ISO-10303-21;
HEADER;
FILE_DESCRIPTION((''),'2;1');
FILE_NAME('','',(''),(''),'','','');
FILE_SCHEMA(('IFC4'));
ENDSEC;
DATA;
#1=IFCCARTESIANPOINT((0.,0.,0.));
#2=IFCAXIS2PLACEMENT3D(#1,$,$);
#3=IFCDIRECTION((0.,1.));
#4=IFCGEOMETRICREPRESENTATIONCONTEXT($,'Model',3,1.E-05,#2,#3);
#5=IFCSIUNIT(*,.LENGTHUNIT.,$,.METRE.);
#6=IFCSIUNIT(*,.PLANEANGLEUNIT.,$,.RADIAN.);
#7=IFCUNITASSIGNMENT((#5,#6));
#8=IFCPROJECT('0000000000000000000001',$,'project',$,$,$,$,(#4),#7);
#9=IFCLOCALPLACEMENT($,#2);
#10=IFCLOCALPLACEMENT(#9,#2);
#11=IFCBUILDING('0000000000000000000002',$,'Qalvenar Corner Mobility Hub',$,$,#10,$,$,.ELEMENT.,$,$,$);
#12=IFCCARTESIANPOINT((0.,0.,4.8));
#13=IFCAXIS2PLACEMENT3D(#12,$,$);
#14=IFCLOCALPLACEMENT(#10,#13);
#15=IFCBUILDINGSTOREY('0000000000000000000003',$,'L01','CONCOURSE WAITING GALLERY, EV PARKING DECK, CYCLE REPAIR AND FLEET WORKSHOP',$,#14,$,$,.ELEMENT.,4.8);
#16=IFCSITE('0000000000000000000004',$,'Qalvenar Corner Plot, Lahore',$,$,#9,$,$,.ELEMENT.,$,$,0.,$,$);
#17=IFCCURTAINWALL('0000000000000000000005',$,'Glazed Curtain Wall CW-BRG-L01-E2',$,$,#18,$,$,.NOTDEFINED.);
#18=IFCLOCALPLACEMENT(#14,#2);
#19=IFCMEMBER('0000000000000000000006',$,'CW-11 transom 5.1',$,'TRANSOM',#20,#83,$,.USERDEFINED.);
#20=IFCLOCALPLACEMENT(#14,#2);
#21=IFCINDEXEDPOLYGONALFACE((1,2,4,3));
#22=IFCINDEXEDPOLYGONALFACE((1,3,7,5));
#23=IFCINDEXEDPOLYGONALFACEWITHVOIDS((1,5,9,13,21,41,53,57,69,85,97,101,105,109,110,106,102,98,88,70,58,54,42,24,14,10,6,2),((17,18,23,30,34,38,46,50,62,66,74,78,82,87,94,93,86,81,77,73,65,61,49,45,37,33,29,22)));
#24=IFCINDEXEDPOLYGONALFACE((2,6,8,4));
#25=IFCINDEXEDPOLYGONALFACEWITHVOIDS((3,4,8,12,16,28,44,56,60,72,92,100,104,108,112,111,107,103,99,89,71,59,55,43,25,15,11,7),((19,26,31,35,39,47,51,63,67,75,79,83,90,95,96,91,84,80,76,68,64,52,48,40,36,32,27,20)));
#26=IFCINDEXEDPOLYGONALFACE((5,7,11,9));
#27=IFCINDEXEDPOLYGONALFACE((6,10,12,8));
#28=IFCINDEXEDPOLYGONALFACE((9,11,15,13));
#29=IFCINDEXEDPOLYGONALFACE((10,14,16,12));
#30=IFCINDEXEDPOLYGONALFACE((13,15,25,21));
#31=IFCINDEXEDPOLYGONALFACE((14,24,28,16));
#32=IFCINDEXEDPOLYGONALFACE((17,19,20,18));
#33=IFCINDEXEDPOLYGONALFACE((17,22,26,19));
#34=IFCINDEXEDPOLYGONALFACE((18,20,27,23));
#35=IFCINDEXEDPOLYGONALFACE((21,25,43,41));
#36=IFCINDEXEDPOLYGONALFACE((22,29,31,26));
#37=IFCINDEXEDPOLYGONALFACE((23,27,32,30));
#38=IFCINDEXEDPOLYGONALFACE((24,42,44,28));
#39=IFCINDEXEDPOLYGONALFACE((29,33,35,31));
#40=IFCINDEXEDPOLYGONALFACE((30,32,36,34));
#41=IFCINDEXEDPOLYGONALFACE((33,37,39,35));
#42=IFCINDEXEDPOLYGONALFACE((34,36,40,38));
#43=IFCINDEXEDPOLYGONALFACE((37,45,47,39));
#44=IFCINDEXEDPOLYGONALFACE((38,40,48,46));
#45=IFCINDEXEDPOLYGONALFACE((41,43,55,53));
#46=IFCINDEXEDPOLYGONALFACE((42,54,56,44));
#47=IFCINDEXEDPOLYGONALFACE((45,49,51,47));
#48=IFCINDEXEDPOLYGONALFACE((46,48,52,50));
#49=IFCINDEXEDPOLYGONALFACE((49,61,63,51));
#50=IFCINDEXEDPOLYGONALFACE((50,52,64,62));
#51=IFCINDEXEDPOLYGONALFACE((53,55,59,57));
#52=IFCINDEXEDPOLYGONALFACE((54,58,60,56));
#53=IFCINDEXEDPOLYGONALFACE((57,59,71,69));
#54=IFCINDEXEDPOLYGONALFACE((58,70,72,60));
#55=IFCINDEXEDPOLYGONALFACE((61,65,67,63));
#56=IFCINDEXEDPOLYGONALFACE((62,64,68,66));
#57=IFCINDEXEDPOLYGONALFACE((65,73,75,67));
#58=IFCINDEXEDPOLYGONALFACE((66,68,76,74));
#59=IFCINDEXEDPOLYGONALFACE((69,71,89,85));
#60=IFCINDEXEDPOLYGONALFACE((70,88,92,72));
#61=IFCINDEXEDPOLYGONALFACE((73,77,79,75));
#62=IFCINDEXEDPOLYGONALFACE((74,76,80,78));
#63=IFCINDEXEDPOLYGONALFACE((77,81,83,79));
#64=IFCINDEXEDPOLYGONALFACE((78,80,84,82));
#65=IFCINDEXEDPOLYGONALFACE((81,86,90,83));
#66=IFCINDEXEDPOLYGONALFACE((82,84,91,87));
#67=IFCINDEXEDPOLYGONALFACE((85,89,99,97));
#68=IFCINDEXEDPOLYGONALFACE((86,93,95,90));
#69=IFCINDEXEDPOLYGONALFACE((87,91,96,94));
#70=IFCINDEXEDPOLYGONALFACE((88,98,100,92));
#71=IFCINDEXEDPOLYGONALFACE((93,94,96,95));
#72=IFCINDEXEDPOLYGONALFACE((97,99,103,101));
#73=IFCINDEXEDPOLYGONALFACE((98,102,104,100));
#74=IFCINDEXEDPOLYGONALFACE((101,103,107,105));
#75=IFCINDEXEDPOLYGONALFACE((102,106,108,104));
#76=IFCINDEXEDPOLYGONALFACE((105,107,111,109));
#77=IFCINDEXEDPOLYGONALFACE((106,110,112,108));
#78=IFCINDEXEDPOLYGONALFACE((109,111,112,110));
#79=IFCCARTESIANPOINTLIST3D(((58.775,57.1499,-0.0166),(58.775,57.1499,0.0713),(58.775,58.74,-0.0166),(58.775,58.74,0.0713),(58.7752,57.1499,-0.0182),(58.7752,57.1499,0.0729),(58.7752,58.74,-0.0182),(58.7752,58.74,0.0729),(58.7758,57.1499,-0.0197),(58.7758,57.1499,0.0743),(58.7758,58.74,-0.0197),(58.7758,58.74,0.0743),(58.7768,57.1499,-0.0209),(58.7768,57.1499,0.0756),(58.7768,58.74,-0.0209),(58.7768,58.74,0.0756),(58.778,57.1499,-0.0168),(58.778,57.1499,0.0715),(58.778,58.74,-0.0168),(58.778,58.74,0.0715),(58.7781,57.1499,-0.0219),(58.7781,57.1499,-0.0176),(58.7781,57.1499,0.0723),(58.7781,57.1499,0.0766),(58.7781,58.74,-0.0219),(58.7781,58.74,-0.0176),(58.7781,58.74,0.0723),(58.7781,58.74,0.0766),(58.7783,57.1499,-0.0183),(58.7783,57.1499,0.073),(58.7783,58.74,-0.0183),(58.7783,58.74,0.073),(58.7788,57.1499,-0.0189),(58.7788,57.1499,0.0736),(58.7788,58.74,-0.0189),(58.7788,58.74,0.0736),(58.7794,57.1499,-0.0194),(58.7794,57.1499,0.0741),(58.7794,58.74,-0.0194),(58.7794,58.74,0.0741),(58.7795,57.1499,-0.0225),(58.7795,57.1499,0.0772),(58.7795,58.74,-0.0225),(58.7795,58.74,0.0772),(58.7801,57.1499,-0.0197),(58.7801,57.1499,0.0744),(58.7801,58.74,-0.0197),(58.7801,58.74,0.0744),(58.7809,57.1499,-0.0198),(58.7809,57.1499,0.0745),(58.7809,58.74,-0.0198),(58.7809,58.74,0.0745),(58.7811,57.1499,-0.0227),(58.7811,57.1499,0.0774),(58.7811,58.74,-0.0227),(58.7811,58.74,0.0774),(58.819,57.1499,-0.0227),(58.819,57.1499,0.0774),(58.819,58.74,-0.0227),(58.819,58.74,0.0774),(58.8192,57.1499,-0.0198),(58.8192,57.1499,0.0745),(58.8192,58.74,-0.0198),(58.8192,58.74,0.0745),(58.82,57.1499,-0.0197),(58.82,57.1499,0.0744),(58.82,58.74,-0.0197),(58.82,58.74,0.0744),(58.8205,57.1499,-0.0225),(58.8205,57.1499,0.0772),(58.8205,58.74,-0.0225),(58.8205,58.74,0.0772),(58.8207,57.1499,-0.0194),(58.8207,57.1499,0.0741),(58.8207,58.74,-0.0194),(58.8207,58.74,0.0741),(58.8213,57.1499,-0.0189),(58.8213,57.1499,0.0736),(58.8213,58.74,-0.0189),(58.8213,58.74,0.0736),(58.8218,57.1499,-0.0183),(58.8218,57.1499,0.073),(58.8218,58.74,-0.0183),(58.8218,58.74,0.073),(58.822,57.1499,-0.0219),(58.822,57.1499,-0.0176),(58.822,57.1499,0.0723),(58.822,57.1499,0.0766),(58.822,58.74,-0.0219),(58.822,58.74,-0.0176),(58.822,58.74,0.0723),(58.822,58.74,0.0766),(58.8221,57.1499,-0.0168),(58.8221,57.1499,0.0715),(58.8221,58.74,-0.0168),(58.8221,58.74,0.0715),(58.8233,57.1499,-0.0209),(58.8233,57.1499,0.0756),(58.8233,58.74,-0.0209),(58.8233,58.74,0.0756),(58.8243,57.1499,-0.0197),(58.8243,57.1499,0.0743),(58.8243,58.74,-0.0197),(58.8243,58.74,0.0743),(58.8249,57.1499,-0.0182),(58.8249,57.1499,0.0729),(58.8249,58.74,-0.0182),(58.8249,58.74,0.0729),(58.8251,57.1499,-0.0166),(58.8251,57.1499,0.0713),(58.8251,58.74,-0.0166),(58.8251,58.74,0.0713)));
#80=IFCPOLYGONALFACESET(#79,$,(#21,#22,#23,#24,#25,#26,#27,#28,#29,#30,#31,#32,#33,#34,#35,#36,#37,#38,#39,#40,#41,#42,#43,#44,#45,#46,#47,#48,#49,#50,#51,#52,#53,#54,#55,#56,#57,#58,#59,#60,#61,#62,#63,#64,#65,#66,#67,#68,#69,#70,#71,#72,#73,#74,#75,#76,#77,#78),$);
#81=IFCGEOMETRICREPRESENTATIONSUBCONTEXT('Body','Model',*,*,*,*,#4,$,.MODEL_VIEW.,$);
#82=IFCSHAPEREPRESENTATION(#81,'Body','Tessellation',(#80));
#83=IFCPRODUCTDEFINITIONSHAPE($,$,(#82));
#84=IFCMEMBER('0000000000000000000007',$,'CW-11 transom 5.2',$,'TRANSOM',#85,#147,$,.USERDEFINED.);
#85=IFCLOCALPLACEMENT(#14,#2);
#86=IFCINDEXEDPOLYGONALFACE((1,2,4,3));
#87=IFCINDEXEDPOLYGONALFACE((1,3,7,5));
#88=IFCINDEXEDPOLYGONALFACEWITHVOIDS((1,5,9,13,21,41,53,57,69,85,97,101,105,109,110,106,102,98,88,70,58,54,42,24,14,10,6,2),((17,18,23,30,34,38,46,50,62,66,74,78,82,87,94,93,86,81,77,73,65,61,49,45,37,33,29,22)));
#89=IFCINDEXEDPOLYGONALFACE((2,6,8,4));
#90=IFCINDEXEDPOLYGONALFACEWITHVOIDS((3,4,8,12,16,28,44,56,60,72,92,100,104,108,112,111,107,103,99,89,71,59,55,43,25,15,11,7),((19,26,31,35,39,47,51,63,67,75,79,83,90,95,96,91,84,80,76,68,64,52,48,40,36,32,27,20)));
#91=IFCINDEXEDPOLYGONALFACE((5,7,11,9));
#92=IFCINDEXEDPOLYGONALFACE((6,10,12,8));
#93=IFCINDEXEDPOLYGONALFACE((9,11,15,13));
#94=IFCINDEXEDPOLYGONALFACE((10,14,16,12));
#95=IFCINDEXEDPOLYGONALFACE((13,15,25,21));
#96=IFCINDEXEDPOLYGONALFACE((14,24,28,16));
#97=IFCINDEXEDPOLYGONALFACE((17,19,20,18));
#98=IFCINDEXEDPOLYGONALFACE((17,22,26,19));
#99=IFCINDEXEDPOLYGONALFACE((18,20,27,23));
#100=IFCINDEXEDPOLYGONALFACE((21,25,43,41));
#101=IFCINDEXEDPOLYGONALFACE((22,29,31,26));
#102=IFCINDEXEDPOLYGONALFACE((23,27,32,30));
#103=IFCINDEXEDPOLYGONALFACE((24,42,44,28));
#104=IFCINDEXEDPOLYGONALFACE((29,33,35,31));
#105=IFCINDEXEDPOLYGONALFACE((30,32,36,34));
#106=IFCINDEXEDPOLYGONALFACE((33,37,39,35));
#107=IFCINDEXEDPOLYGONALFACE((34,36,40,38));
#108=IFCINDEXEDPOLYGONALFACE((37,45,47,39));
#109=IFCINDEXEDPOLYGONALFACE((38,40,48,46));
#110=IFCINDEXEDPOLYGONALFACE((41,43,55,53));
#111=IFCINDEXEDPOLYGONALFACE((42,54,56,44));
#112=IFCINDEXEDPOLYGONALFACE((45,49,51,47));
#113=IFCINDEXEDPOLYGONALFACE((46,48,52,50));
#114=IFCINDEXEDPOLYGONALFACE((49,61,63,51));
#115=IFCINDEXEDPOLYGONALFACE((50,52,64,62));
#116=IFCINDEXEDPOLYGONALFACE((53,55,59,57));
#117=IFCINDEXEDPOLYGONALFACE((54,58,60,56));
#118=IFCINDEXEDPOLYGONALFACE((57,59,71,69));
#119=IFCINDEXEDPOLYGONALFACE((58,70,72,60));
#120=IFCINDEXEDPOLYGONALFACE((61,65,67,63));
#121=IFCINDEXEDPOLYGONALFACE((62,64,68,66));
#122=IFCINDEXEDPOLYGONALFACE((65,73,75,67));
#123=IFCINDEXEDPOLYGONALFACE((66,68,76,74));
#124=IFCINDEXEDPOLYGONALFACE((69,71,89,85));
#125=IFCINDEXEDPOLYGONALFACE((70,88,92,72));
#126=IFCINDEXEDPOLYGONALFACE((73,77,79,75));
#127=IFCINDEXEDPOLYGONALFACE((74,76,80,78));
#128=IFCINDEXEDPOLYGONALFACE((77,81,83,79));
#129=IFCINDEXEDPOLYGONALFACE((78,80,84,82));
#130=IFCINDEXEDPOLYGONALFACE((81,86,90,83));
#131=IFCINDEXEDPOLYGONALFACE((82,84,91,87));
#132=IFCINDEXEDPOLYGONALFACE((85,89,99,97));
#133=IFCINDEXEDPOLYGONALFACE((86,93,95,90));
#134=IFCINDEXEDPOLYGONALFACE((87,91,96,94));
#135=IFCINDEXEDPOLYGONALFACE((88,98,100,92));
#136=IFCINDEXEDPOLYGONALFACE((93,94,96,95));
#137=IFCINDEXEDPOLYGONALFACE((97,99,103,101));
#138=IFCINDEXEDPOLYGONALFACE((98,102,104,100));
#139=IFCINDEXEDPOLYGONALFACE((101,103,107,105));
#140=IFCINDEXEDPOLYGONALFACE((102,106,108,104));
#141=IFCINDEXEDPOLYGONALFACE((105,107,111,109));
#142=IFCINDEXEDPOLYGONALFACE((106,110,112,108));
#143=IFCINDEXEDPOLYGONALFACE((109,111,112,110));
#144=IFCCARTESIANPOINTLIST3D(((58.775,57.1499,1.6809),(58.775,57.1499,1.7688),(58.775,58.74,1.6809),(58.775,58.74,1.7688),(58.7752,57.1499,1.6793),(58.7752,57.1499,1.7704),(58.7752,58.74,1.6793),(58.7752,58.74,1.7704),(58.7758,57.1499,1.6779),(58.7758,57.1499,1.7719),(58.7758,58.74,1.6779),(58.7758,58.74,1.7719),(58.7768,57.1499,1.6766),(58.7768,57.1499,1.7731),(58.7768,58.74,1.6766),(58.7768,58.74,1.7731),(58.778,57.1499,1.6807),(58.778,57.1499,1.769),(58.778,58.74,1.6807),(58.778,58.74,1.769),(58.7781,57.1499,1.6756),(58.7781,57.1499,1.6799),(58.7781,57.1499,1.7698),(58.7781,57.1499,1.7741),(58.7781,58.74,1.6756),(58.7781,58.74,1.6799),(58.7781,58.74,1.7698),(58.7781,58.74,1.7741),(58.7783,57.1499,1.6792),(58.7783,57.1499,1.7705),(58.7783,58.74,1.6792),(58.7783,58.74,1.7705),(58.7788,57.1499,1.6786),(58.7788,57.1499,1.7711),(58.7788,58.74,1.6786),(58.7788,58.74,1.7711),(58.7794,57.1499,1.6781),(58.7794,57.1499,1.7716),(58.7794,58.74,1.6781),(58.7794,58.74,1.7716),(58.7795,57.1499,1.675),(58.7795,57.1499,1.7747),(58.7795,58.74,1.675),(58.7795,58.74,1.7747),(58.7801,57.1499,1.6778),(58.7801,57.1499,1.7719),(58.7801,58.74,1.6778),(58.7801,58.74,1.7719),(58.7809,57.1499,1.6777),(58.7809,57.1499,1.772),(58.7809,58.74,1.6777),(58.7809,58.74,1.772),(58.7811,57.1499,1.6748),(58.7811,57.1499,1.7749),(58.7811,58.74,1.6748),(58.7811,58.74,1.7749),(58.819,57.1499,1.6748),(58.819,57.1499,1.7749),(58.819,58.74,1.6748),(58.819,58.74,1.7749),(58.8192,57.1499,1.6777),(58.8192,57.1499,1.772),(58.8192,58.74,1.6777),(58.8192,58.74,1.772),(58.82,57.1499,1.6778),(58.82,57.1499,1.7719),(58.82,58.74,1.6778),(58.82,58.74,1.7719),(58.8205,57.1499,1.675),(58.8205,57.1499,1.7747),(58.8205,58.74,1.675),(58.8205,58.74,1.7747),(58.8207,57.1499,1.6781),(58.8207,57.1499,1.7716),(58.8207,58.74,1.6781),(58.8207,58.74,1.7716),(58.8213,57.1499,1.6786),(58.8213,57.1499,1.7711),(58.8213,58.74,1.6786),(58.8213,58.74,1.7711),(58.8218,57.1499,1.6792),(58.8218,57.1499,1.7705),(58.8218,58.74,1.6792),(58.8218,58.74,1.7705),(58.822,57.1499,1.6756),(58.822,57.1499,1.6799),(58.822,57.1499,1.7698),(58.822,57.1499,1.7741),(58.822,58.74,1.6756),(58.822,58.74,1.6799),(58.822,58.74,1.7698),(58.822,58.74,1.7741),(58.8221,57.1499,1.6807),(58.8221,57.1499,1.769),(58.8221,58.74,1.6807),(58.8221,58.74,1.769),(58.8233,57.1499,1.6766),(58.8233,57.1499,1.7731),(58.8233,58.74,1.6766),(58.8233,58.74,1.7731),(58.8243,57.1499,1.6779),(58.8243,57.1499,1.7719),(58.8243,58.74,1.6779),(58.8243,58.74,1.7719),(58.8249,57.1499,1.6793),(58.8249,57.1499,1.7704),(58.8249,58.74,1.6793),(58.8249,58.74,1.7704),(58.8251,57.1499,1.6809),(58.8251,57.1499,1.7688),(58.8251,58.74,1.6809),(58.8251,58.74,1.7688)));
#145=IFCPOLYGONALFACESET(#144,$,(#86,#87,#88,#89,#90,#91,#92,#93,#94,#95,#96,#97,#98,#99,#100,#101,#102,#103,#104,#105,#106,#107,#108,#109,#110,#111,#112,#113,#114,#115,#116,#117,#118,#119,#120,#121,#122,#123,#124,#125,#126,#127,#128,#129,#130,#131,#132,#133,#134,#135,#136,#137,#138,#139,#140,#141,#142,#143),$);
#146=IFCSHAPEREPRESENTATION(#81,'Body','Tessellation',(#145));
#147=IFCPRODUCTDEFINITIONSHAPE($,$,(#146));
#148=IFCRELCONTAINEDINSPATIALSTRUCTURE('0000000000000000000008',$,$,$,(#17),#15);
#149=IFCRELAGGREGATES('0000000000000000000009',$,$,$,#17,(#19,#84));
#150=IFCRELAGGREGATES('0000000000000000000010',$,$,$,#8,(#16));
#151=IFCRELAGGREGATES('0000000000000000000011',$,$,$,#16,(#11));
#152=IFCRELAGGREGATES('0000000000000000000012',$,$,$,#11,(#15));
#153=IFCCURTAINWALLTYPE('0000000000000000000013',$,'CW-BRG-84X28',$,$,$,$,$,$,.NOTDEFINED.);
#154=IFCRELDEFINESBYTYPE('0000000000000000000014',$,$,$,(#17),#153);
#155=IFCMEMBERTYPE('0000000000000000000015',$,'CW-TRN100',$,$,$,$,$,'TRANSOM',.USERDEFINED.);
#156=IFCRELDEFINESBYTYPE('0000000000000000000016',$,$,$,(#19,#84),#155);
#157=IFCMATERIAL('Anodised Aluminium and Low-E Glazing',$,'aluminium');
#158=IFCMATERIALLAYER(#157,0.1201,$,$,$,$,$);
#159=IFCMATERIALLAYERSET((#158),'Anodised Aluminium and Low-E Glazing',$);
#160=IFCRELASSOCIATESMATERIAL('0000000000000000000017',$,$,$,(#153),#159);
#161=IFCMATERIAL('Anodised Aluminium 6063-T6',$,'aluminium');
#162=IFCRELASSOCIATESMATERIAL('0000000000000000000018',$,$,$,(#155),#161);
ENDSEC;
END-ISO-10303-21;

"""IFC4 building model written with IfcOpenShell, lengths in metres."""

from ifc_helpers import new_model, si_unit, direction, frame, origin, origin_2d, place, context, subcontext, project, spatial, hollow_rectangle, extrude, material, layer, layer_set, material_profile, profile_set, type_object, element, aggregate, save


model = new_model("IFC4")

# Units and contexts
model_context = context("Model", 3, precision=1e-05, world=origin(), true_north=direction((0.0, 1.0)))
body_context = subcontext(model_context, "Body", "Model", "MODEL_VIEW")
ifc_project = project(units=[si_unit("LENGTHUNIT", "METRE"), si_unit("PLANEANGLEUNIT", "RADIAN")], contexts=[model_context])

# Site, building, storey
site_placement = place(None, origin())
site = spatial("IfcSite", under=ifc_project, at=site_placement, Name="Qalvenar Corner Plot, Lahore", CompositionType="ELEMENT", RefElevation=0.0)
building_placement = place(site_placement, origin())
building = spatial("IfcBuilding", under=site, at=building_placement, Name="Qalvenar Corner Mobility Hub", CompositionType="ELEMENT")
storey_placement = place(building_placement, frame((0.0, 0.0, 4.8)))
storey = spatial("IfcBuildingStorey", under=building, at=storey_placement, Name="L01", Description="CONCOURSE WAITING GALLERY, EV PARKING DECK, CYCLE REPAIR AND FLEET WORKSHOP", CompositionType="ELEMENT", Elevation=4.8)

# Curtain wall, members
ifc_material_1 = material(Name="Anodised Aluminium and Low-E Glazing", Category="aluminium")
ifc_layer_1 = layer(ifc_material_1, 0.1201)
ifc_layer_set_1 = layer_set([ifc_layer_1], Name="Anodised Aluminium and Low-E Glazing")
curtain_wall_type = type_object("IfcCurtainWallType", Name="CW-BRG-84X28", PredefinedType="NOTDEFINED", material=ifc_layer_set_1)
curtain_wall_placement = place(storey_placement, origin())
curtain_wall = element("IfcCurtainWall", 1, at=curtain_wall_placement, inside=storey, type_object=curtain_wall_type, Name="Glazed Curtain Wall CW-BRG-L01-E2", PredefinedType="NOTDEFINED")
ifc_material_2 = material(Name="Anodised Aluminium 6063-T6", Category="aluminium")
ifc_material_profile_1 = material_profile(ifc_material_2, hollow_rectangle(XDim=0.05, YDim=0.1001, WallThickness=0.0029, InnerFilletRadius=0.0029, OuterFilletRadius=0.0061, at=origin_2d()), Name="RHS100x50x3")
ifc_profile_set_1 = profile_set([ifc_material_profile_1], Name="Anodised Aluminium 6063-T6")
member_type_1 = type_object("IfcMemberType", Name="CW-TRN100", ElementType="TRANSOM", PredefinedType="USERDEFINED", material=ifc_profile_set_1)
member_1_placement = place(storey_placement, frame((58.8, 57.1499, 0.0273), z_axis=(0.0, 1.0, 0.0), x_axis=(-1.0, 0.0, 0.0)))
member_1 = element("IfcMember", 2, at=member_1_placement, type_object=member_type_1, Name="CW-11 transom 5.1", ObjectType="TRANSOM", PredefinedType="USERDEFINED", context=body_context, shape_type="SweptSolid", body=[
    extrude(hollow_rectangle(XDim=0.05, YDim=0.1001, WallThickness=0.0029, InnerFilletRadius=0.0029, OuterFilletRadius=0.0061, at=origin_2d()), origin(), (0.0, 0.0, 1.0), 1.5901),
])
member_2_placement = place(storey_placement, frame((58.8, 57.1499, 1.7249), z_axis=(0.0, 1.0, 0.0), x_axis=(-1.0, 0.0, 0.0)))
member_2 = element("IfcMember", 3, at=member_2_placement, type_object=member_type_1, Name="CW-11 transom 5.2", ObjectType="TRANSOM", PredefinedType="USERDEFINED", context=body_context, shape_type="SweptSolid", body=[
    extrude(hollow_rectangle(XDim=0.05, YDim=0.1001, WallThickness=0.0029, InnerFilletRadius=0.0029, OuterFilletRadius=0.0061, at=origin_2d()), origin(), (0.0, 0.0, 1.0), 1.5901),
])
aggregate(curtain_wall, [member_1, member_2])

save(model, "model.ifc")
